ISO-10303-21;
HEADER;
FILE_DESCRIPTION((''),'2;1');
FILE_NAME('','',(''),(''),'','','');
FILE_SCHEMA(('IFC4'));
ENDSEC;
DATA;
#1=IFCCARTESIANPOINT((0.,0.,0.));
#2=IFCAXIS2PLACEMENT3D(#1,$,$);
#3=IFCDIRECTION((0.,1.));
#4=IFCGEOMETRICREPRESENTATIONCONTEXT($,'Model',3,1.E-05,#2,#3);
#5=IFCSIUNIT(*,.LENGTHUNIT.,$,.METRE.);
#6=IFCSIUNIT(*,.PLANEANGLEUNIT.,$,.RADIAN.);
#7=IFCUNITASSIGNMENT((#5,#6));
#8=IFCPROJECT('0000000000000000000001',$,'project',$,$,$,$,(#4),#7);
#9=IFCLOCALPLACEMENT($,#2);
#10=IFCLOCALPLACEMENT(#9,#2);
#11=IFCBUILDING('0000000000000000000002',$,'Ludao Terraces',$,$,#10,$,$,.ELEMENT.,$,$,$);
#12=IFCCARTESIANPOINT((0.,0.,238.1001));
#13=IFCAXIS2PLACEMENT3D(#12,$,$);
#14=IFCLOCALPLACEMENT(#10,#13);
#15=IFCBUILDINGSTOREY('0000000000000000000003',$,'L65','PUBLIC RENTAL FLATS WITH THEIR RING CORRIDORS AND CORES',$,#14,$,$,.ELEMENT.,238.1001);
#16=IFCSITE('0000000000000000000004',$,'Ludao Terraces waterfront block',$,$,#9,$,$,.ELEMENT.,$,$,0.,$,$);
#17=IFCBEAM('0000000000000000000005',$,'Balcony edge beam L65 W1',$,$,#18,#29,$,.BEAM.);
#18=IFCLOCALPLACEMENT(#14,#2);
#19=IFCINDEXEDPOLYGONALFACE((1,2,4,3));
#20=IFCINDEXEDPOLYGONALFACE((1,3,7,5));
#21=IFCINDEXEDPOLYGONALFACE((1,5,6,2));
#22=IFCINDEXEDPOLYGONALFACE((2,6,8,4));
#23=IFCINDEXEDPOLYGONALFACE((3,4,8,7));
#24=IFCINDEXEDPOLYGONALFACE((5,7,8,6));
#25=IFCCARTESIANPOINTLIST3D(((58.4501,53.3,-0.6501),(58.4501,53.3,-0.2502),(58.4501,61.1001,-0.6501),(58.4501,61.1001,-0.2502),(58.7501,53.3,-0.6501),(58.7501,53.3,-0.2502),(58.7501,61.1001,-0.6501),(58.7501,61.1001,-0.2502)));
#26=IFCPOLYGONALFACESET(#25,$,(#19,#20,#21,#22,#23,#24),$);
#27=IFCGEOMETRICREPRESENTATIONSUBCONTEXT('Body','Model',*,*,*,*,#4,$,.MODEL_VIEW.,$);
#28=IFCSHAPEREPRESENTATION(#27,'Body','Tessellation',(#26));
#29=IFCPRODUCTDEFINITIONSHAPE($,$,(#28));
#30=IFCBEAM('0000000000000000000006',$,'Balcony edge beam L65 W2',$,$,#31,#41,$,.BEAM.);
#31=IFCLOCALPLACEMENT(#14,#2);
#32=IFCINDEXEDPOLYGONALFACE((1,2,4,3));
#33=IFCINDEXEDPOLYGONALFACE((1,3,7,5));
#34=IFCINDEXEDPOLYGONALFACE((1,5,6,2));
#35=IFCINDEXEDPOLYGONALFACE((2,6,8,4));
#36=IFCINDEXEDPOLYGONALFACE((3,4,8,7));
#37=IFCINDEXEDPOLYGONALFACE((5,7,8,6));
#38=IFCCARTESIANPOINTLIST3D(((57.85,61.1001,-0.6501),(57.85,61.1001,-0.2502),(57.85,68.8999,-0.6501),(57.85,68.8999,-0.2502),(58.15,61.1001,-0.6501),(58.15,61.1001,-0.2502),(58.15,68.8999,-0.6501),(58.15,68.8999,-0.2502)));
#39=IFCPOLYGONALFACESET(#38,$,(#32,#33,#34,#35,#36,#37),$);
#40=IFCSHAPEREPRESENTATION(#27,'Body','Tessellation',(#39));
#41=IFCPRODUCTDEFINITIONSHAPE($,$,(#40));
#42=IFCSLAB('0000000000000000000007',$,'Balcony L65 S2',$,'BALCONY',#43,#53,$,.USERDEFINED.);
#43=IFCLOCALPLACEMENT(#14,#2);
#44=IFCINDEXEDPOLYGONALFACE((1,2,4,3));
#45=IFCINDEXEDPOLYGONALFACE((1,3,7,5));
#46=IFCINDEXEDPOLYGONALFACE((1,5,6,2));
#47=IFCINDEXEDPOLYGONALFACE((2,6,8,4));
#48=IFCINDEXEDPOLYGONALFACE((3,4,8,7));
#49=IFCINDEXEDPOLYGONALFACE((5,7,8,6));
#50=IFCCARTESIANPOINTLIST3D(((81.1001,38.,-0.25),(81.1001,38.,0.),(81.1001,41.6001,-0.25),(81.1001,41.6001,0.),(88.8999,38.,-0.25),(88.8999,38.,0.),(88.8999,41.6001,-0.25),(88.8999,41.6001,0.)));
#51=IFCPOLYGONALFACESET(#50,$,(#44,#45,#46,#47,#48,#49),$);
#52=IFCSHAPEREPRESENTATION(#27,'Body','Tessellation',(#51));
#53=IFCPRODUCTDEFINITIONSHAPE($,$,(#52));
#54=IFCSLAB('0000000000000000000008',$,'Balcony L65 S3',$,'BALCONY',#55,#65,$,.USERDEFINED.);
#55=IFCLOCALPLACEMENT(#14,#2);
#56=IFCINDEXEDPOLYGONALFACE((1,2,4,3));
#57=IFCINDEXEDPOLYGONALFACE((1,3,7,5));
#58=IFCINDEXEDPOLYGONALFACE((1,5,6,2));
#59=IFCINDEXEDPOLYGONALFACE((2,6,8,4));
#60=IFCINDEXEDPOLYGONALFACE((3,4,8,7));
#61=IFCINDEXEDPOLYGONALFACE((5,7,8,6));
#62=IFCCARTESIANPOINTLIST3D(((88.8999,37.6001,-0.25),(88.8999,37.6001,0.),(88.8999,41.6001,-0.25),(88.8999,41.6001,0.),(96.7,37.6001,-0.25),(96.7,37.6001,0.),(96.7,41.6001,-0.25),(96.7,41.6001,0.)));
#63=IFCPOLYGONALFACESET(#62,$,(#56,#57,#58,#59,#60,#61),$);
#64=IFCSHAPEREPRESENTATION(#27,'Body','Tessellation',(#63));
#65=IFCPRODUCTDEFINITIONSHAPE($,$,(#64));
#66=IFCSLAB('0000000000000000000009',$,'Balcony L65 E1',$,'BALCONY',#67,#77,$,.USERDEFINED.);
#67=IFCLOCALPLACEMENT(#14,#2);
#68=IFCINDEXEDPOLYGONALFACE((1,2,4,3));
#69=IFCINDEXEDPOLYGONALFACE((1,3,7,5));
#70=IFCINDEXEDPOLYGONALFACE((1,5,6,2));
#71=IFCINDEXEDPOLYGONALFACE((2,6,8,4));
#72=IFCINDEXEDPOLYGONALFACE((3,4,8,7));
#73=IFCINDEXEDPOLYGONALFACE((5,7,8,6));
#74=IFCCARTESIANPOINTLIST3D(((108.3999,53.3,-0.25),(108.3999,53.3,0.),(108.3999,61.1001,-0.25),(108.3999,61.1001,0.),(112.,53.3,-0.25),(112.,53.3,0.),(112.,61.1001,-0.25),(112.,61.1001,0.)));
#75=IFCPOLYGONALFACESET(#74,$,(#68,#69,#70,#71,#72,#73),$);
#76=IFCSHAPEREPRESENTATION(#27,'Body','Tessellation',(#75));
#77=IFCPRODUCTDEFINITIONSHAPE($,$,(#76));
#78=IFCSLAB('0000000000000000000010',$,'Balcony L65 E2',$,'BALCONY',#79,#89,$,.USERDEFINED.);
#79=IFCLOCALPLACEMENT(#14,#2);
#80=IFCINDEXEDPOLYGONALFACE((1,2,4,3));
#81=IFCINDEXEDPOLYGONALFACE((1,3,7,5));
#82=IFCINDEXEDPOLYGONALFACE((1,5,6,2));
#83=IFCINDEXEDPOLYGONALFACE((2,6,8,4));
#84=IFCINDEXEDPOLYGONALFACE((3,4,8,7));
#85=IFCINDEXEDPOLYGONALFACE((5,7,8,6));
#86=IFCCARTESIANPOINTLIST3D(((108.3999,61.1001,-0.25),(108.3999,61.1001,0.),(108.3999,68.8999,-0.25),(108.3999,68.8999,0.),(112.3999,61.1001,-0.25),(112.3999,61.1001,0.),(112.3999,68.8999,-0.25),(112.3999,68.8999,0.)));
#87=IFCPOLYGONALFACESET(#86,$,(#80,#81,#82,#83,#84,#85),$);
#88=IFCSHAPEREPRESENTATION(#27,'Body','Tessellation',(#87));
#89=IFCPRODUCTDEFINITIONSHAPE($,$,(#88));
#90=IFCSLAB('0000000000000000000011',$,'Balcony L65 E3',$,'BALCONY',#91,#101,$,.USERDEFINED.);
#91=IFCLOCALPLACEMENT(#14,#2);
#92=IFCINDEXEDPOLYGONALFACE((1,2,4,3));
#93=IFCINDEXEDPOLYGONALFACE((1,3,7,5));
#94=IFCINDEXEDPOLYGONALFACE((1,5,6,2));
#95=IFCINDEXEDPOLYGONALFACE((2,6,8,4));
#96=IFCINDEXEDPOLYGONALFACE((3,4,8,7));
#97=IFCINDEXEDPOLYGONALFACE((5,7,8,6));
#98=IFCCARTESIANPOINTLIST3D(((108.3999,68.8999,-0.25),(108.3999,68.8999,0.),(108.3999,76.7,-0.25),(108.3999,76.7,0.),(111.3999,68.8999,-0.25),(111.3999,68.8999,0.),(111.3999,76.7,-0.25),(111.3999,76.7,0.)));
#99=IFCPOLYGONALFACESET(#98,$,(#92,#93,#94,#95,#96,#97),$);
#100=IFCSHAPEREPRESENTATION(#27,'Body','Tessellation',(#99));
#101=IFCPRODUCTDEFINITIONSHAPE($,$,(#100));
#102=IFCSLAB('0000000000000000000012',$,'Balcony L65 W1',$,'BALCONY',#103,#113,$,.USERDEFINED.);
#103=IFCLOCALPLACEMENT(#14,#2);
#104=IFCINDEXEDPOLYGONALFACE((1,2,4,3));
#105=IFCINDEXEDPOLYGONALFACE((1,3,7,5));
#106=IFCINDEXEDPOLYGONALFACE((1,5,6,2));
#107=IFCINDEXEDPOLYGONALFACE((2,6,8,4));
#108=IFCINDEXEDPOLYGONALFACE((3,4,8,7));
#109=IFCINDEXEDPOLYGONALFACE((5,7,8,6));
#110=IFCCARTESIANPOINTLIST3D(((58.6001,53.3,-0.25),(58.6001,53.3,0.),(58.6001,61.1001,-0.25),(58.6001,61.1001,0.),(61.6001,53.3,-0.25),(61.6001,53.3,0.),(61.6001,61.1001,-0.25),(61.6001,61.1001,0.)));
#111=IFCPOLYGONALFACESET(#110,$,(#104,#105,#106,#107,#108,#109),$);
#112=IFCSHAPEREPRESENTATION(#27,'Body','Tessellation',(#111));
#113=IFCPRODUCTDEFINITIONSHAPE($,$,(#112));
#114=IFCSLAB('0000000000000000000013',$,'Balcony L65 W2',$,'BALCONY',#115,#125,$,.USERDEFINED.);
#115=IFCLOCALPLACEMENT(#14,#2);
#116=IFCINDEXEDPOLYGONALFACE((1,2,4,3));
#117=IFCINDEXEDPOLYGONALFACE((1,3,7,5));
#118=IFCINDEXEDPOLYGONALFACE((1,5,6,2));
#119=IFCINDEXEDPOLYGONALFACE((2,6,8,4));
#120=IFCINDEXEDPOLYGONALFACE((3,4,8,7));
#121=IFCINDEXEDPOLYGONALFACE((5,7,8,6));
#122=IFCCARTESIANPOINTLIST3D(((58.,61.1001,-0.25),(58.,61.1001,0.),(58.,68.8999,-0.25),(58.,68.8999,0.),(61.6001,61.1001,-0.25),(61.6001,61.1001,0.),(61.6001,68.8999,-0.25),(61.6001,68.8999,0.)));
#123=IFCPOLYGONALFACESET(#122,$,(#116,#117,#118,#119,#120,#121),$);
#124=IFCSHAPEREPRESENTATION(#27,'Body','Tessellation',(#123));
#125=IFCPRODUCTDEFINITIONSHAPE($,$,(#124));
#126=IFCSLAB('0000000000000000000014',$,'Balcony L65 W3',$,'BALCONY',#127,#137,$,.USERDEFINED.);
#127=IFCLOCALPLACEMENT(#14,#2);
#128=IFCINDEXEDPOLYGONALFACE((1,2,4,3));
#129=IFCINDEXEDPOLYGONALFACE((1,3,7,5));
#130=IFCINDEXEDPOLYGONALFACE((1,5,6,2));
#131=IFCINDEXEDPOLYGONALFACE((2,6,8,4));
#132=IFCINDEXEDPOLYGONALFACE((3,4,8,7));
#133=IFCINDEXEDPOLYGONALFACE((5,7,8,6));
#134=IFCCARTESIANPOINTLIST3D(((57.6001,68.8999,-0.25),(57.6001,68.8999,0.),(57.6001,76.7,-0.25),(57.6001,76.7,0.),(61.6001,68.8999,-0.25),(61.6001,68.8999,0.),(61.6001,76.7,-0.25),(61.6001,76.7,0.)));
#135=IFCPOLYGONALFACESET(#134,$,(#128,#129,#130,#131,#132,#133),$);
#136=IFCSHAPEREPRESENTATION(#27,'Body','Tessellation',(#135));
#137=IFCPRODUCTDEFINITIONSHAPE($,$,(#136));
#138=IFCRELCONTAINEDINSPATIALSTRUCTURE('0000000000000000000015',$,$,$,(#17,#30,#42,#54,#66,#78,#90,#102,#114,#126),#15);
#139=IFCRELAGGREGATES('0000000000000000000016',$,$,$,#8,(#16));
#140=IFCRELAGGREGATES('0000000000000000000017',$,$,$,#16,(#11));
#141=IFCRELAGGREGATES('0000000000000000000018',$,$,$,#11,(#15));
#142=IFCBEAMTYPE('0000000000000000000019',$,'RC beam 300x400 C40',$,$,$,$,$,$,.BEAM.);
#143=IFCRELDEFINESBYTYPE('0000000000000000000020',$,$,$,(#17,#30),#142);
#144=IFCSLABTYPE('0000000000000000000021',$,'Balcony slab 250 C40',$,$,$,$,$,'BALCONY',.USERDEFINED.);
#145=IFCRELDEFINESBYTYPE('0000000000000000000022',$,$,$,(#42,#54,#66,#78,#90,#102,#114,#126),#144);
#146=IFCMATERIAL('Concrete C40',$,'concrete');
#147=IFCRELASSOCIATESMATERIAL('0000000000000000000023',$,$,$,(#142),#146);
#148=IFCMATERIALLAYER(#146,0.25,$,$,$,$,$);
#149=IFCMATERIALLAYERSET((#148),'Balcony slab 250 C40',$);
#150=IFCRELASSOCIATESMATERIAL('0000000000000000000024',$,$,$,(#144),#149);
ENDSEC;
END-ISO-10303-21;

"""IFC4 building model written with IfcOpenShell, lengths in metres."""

from ifc_helpers import new_model, si_unit, direction, frame, origin, origin_2d, place, context, subcontext, project, spatial, polyline, rectangle, outline, extrude, material, layer, layer_set, material_profile, profile_set, type_object, element, save


model = new_model("IFC4")

# Units and contexts
model_context = context("Model", 3, precision=1e-05, world=origin(), true_north=direction((0.0, 1.0)))
body_context = subcontext(model_context, "Body", "Model", "MODEL_VIEW")
ifc_project = project(units=[si_unit("LENGTHUNIT", "METRE"), si_unit("PLANEANGLEUNIT", "RADIAN")], contexts=[model_context])

# Site, building, storey
site_placement = place(None, origin())
site = spatial("IfcSite", under=ifc_project, at=site_placement, Name="Ludao Terraces waterfront block", CompositionType="ELEMENT", RefElevation=0.0)
building_placement = place(site_placement, origin())
building = spatial("IfcBuilding", under=site, at=building_placement, Name="Ludao Terraces", CompositionType="ELEMENT")
storey_placement = place(building_placement, frame((0.0, 0.0, 238.1001)))
storey = spatial("IfcBuildingStorey", under=building, at=storey_placement, Name="L65", Description="PUBLIC RENTAL FLATS WITH THEIR RING CORRIDORS AND CORES", CompositionType="ELEMENT", Elevation=238.1001)

# Beams
ifc_material_1 = material(Name="Concrete C40", Category="concrete")
ifc_material_profile = material_profile(ifc_material_1, rectangle(XDim=0.3, YDim=0.3999, at=origin_2d()), Name="300 X 400")
ifc_profile_set = profile_set([ifc_material_profile], Name="Concrete C40")
beam_type = type_object("IfcBeamType", Name="RC beam 300x400 C40", PredefinedType="BEAM", material=ifc_profile_set)
beam_1_placement = place(storey_placement, frame((58.6001, 53.3, -0.4502), z_axis=(0.0, 1.0, 0.0), x_axis=(-1.0, 0.0, 0.0)))
element("IfcBeam", 1, at=beam_1_placement, inside=storey, type_object=beam_type, Name="Balcony edge beam L65 W1", PredefinedType="BEAM", context=body_context, shape_type="SweptSolid", body=[
    extrude(rectangle(XDim=0.3, YDim=0.3999, at=origin_2d()), origin(), (0.0, 0.0, 1.0), 7.8),
])
beam_2_placement = place(storey_placement, frame((58.0, 61.1001, -0.4502), z_axis=(0.0, 1.0, 0.0), x_axis=(-1.0, 0.0, 0.0)))
element("IfcBeam", 2, at=beam_2_placement, inside=storey, type_object=beam_type, Name="Balcony edge beam L65 W2", PredefinedType="BEAM", context=body_context, shape_type="SweptSolid", body=[
    extrude(rectangle(XDim=0.3, YDim=0.3999, at=origin_2d()), origin(), (0.0, 0.0, 1.0), 7.7998),
])

# Slabs
ifc_layer_1 = layer(ifc_material_1, 0.25)
ifc_layer_set_1 = layer_set([ifc_layer_1], Name="Balcony slab 250 C40")
slab_type_1 = type_object("IfcSlabType", Name="Balcony slab 250 C40", ElementType="BALCONY", PredefinedType="USERDEFINED", material=ifc_layer_set_1)
slab_1_placement = place(storey_placement, frame((0.0, 0.0, -0.25)))
element("IfcSlab", 3, at=slab_1_placement, inside=storey, type_object=slab_type_1, Name="Balcony L65 S2", ObjectType="BALCONY", PredefinedType="USERDEFINED", context=body_context, shape_type="SweptSolid", body=[
    extrude(outline(polyline([(81.1001, 38.0), (88.8999, 38.0), (88.8999, 41.6001), (81.1001, 41.6001), (81.1001, 38.0)])), origin(), (0.0, 0.0, 1.0), 0.25),
])
slab_2_placement = place(storey_placement, frame((0.0, 0.0, -0.25)))
element("IfcSlab", 4, at=slab_2_placement, inside=storey, type_object=slab_type_1, Name="Balcony L65 S3", ObjectType="BALCONY", PredefinedType="USERDEFINED", context=body_context, shape_type="SweptSolid", body=[
    extrude(outline(polyline([(88.8999, 37.6001), (96.7, 37.6001), (96.7, 41.6001), (88.8999, 41.6001), (88.8999, 37.6001)])), origin(), (0.0, 0.0, 1.0), 0.25),
])
slab_3_placement = place(storey_placement, frame((0.0, 0.0, -0.25)))
element("IfcSlab", 5, at=slab_3_placement, inside=storey, type_object=slab_type_1, Name="Balcony L65 E1", ObjectType="BALCONY", PredefinedType="USERDEFINED", context=body_context, shape_type="SweptSolid", body=[
    extrude(outline(polyline([(108.3999, 53.3), (112.0, 53.3), (112.0, 61.1001), (108.3999, 61.1001), (108.3999, 53.3)])), origin(), (0.0, 0.0, 1.0), 0.25),
])
slab_4_placement = place(storey_placement, frame((0.0, 0.0, -0.25)))
element("IfcSlab", 6, at=slab_4_placement, inside=storey, type_object=slab_type_1, Name="Balcony L65 E2", ObjectType="BALCONY", PredefinedType="USERDEFINED", context=body_context, shape_type="SweptSolid", body=[
    extrude(outline(polyline([(108.3999, 61.1001), (112.3999, 61.1001), (112.3999, 68.8999), (108.3999, 68.8999), (108.3999, 61.1001)])), origin(), (0.0, 0.0, 1.0), 0.25),
])
slab_5_placement = place(storey_placement, frame((0.0, 0.0, -0.25)))
element("IfcSlab", 7, at=slab_5_placement, inside=storey, type_object=slab_type_1, Name="Balcony L65 E3", ObjectType="BALCONY", PredefinedType="USERDEFINED", context=body_context, shape_type="SweptSolid", body=[
    extrude(outline(polyline([(108.3999, 68.8999), (111.3999, 68.8999), (111.3999, 76.7), (108.3999, 76.7), (108.3999, 68.8999)])), origin(), (0.0, 0.0, 1.0), 0.25),
])
slab_6_placement = place(storey_placement, frame((0.0, 0.0, -0.25)))
element("IfcSlab", 8, at=slab_6_placement, inside=storey, type_object=slab_type_1, Name="Balcony L65 W1", ObjectType="BALCONY", PredefinedType="USERDEFINED", context=body_context, shape_type="SweptSolid", body=[
    extrude(outline(polyline([(58.6001, 53.3), (61.6001, 53.3), (61.6001, 61.1001), (58.6001, 61.1001), (58.6001, 53.3)])), origin(), (0.0, 0.0, 1.0), 0.25),
])
slab_7_placement = place(storey_placement, frame((0.0, 0.0, -0.25)))
element("IfcSlab", 9, at=slab_7_placement, inside=storey, type_object=slab_type_1, Name="Balcony L65 W2", ObjectType="BALCONY", PredefinedType="USERDEFINED", context=body_context, shape_type="SweptSolid", body=[
    extrude(outline(polyline([(58.0, 61.1001), (61.6001, 61.1001), (61.6001, 68.8999), (58.0, 68.8999), (58.0, 61.1001)])), origin(), (0.0, 0.0, 1.0), 0.25),
])
slab_8_placement = place(storey_placement, frame((0.0, 0.0, -0.25)))
element("IfcSlab", 10, at=slab_8_placement, inside=storey, type_object=slab_type_1, Name="Balcony L65 W3", ObjectType="BALCONY", PredefinedType="USERDEFINED", context=body_context, shape_type="SweptSolid", body=[
    extrude(outline(polyline([(57.6001, 68.8999), (61.6001, 68.8999), (61.6001, 76.7), (57.6001, 76.7), (57.6001, 68.8999)])), origin(), (0.0, 0.0, 1.0), 0.25),
])

save(model, "model.ifc")
